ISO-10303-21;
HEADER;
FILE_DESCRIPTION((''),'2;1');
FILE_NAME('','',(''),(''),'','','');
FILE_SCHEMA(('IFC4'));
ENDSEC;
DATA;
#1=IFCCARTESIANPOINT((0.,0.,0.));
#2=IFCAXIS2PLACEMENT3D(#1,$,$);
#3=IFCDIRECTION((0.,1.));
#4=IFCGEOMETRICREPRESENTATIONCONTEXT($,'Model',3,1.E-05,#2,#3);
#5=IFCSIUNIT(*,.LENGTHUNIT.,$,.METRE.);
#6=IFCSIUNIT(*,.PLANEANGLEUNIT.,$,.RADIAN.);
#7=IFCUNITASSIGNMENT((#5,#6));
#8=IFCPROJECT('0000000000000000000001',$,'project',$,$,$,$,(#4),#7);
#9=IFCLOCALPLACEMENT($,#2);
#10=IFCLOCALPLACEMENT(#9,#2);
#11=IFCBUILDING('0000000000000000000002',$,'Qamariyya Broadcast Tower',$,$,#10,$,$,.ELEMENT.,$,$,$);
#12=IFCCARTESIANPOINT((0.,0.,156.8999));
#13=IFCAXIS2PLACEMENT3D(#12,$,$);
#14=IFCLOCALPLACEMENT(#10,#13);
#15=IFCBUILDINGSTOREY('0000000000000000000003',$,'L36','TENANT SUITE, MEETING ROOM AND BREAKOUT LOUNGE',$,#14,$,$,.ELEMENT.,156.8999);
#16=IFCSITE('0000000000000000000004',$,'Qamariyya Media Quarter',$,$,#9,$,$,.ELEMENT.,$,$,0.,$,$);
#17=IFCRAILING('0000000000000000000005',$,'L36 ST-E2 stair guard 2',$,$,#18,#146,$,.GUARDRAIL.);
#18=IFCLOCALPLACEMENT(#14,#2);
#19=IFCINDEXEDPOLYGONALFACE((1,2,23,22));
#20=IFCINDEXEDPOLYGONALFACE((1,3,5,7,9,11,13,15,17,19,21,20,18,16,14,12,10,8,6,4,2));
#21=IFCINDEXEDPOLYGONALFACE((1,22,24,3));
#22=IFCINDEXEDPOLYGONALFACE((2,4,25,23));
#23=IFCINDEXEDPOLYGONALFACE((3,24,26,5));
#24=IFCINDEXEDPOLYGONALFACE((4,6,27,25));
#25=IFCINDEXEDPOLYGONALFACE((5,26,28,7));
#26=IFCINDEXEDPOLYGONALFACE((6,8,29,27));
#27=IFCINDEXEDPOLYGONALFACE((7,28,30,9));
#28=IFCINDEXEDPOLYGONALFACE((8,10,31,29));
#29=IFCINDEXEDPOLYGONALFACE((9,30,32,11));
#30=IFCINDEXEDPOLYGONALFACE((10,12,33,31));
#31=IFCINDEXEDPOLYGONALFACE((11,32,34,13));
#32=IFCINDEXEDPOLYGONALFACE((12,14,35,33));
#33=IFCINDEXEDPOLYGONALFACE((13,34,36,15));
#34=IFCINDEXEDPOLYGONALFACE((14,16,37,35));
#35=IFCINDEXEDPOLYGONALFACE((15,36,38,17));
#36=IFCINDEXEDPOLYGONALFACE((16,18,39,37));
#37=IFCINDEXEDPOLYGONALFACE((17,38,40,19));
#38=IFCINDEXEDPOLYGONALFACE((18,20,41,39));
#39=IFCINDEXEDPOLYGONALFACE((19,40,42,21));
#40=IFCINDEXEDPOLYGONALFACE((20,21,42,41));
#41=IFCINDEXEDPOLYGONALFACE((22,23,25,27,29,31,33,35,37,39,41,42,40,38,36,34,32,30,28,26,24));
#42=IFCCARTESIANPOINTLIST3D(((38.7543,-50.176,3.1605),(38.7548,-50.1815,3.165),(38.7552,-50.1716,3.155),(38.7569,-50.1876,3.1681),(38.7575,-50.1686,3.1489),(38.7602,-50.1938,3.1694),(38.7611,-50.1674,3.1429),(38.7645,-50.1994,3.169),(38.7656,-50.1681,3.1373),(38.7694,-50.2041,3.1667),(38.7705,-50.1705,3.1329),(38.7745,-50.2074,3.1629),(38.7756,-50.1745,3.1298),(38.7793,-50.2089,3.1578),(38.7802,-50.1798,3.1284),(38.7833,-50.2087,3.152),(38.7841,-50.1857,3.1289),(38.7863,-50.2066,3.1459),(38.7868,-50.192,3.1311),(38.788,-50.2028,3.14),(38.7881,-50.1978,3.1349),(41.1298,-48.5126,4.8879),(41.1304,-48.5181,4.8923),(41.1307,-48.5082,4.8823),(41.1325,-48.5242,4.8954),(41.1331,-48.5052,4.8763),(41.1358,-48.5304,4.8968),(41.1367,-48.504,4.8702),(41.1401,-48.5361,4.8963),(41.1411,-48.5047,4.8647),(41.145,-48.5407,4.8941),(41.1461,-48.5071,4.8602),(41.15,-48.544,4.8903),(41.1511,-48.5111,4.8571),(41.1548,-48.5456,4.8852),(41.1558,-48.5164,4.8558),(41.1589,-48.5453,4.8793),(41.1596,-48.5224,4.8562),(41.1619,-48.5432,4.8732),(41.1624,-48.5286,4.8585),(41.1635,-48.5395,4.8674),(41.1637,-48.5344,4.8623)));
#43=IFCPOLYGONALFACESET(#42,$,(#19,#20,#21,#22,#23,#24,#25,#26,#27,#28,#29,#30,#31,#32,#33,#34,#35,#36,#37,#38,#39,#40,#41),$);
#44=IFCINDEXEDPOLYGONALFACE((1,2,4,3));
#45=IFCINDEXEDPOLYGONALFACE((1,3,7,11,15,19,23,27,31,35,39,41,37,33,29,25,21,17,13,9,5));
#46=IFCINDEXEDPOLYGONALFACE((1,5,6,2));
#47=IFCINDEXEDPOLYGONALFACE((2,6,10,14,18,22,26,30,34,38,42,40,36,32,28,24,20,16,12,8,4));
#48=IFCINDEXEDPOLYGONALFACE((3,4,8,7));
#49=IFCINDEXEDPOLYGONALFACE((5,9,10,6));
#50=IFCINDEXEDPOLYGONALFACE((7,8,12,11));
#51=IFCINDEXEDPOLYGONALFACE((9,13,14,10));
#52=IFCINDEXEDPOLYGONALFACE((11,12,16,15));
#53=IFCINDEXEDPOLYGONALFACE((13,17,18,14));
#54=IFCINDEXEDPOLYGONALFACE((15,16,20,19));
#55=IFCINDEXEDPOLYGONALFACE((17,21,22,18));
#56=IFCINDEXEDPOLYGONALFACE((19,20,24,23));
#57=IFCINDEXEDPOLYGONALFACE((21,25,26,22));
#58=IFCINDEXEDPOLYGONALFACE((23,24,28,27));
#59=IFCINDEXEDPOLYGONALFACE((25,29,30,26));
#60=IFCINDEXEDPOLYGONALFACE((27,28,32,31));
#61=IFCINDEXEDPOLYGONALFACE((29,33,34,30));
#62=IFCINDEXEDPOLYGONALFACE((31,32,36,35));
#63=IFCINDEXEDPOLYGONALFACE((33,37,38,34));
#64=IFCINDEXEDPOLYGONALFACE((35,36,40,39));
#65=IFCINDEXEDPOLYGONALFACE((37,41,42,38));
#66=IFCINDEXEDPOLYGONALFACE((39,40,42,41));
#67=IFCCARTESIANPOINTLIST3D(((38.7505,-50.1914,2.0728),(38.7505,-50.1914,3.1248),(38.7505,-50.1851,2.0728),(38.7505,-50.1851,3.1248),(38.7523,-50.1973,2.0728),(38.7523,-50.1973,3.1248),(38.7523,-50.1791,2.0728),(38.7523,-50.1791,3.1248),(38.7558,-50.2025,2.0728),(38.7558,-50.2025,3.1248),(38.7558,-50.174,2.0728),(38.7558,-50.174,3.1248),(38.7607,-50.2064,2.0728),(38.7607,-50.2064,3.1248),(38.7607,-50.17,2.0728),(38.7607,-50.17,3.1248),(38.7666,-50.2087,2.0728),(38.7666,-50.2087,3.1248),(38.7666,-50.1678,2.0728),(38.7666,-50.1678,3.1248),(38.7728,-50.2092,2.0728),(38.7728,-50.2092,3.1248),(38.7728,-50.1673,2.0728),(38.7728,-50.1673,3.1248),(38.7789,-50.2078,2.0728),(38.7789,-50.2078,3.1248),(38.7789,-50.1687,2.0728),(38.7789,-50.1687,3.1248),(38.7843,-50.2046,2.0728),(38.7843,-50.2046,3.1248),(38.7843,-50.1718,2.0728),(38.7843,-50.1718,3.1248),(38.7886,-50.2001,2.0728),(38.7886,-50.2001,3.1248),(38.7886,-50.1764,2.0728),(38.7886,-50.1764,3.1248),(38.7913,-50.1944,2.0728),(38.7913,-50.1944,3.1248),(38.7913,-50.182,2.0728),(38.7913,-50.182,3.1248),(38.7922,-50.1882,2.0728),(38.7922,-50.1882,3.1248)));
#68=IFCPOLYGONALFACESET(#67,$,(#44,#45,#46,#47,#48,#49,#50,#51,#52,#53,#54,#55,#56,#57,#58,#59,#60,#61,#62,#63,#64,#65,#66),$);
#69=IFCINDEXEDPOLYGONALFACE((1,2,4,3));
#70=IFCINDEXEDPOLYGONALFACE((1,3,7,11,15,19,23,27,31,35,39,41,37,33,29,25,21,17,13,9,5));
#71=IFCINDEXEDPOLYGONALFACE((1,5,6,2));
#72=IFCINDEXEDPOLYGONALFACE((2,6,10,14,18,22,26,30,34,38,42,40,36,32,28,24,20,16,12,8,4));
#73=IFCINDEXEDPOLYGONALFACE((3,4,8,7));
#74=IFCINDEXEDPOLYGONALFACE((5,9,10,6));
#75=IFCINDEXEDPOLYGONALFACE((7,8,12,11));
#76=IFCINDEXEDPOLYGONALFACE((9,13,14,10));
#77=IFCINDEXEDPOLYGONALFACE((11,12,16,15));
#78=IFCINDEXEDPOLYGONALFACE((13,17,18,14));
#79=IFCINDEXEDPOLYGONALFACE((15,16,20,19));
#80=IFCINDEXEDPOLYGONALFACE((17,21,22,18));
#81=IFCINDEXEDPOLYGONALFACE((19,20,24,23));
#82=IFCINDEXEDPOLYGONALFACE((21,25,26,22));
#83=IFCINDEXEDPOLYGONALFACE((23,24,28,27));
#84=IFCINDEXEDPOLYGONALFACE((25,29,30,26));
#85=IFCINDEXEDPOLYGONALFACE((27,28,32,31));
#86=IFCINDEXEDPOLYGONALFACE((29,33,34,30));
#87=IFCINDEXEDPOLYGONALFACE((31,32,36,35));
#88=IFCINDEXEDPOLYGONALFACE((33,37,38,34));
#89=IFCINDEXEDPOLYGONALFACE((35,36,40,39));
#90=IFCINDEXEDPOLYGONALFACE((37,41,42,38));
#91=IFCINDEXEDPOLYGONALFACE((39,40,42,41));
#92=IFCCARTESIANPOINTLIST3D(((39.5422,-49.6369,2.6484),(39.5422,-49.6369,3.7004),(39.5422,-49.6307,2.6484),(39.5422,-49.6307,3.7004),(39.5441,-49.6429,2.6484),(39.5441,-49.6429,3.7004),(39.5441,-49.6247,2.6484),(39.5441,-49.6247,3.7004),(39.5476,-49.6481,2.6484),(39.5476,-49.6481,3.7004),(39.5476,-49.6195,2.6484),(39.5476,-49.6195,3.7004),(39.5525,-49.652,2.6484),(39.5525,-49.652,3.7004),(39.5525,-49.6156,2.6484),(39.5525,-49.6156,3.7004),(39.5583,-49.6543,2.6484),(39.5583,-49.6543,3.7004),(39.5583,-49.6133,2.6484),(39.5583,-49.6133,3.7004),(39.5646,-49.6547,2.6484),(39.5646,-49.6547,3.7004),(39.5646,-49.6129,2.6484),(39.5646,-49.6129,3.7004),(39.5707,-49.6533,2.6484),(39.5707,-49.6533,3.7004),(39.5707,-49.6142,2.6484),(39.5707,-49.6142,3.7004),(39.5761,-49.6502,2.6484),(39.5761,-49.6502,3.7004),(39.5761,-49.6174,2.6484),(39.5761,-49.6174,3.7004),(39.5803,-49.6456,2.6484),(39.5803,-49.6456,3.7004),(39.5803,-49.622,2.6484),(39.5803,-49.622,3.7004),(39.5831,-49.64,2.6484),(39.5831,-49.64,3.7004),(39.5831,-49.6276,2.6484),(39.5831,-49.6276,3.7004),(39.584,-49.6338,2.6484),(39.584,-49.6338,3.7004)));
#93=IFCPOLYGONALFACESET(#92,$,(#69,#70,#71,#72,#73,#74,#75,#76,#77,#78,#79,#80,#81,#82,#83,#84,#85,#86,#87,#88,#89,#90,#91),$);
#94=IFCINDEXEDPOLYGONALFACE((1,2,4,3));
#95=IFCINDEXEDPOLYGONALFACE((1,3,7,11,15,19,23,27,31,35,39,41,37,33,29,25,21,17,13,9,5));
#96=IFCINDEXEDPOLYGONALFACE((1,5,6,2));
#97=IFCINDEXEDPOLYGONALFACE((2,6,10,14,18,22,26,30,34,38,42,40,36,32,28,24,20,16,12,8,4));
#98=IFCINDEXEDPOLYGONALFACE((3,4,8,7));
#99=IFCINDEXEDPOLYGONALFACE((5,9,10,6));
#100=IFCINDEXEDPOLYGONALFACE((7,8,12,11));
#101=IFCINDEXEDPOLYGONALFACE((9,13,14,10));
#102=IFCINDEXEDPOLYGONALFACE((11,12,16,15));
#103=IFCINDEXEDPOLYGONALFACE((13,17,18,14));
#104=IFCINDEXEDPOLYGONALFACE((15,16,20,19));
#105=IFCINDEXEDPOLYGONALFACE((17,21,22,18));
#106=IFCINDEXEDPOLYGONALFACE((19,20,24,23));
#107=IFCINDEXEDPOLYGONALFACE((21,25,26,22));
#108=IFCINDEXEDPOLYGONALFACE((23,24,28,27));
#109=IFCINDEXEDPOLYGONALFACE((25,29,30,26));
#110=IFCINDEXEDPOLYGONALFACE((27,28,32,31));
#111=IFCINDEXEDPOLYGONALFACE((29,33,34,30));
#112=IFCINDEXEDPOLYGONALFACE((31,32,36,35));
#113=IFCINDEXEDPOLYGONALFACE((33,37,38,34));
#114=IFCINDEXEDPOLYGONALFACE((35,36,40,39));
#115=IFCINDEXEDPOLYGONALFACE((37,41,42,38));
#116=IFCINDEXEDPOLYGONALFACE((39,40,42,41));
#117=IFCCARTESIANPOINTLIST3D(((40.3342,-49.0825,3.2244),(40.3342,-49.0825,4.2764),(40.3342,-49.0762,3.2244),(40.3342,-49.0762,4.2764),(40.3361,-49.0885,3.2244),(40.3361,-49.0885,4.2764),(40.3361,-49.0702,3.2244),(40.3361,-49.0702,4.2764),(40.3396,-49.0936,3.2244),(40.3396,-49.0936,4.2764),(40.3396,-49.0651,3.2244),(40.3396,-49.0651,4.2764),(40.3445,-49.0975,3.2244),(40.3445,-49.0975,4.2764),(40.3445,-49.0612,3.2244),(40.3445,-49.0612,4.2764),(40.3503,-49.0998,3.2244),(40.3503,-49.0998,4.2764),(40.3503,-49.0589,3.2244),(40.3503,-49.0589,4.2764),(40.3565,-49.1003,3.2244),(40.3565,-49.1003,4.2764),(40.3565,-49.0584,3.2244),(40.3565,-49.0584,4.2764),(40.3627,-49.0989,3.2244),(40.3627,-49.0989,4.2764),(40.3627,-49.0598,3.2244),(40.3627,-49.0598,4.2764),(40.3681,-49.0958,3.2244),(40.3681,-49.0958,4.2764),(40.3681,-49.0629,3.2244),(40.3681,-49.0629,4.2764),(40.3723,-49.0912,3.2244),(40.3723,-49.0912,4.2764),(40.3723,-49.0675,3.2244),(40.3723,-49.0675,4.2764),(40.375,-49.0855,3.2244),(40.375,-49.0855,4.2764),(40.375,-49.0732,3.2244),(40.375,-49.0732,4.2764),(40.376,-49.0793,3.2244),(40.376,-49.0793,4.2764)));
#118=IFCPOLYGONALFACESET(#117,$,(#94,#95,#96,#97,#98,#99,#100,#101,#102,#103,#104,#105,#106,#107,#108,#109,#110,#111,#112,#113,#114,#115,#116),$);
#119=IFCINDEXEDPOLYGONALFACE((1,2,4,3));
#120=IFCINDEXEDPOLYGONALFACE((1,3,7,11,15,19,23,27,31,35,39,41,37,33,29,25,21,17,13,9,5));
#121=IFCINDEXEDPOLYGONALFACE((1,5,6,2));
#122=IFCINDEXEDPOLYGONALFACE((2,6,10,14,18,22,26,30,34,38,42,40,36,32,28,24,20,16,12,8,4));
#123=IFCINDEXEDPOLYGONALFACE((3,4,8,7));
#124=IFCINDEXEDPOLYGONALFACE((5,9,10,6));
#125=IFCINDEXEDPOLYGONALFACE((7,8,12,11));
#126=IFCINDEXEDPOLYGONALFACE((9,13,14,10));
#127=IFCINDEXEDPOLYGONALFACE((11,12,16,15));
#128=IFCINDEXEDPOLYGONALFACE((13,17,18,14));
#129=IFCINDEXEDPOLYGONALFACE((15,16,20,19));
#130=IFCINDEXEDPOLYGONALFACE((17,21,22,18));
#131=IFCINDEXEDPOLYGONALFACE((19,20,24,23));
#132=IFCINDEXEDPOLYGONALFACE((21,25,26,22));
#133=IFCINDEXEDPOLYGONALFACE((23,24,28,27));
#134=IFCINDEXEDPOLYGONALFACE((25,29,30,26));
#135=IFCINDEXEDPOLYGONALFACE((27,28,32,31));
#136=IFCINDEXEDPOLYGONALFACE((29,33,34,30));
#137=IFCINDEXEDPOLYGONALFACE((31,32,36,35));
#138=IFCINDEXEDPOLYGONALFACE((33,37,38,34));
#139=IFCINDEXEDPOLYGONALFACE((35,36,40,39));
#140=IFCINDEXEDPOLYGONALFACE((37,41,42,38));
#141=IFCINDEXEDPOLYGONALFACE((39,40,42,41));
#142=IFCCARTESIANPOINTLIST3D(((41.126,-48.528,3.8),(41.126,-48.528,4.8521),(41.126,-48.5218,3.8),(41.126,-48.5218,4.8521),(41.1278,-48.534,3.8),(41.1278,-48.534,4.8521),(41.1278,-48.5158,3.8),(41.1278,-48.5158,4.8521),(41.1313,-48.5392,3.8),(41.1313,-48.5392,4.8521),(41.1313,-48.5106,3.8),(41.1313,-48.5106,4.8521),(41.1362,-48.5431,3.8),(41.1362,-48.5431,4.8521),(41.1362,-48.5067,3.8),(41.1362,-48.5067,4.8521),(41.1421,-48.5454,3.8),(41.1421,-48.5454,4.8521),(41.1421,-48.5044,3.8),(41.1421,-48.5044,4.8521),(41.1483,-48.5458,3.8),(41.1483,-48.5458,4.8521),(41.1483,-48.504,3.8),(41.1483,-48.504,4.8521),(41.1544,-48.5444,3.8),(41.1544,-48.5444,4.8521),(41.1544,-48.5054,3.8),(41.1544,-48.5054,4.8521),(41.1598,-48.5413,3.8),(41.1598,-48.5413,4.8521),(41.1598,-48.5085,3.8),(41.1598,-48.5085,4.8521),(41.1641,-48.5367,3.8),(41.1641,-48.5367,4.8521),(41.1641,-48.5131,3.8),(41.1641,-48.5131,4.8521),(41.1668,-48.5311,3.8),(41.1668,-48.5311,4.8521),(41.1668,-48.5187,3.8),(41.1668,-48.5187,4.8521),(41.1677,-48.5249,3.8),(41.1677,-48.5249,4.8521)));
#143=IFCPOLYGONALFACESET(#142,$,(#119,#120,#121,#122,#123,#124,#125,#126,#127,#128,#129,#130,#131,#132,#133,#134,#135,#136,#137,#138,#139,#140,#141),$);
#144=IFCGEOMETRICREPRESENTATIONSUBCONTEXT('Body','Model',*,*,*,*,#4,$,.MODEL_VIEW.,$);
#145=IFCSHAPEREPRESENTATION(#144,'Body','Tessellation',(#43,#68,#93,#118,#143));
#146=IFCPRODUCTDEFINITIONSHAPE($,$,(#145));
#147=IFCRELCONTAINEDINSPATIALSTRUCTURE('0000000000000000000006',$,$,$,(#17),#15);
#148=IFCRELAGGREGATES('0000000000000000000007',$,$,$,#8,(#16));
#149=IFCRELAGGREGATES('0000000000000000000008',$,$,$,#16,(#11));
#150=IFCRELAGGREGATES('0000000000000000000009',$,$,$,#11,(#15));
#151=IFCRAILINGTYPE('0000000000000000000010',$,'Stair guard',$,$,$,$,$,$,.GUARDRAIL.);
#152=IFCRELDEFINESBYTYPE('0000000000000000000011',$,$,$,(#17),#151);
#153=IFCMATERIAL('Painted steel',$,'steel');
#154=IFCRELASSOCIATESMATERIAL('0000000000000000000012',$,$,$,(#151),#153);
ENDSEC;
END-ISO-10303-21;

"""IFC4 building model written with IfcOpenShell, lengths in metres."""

from ifc_helpers import new_model, si_unit, direction, frame, origin, origin_2d, place, context, subcontext, project, spatial, circle, extrude, material, type_object, element, save


model = new_model("IFC4")

# Units and contexts
model_context = context("Model", 3, precision=1e-05, world=origin(), true_north=direction((0.0, 1.0)))
body_context = subcontext(model_context, "Body", "Model", "MODEL_VIEW")
ifc_project = project(units=[si_unit("LENGTHUNIT", "METRE"), si_unit("PLANEANGLEUNIT", "RADIAN")], contexts=[model_context])

# Site, building, storey
site_placement = place(None, origin())
site = spatial("IfcSite", under=ifc_project, at=site_placement, Name="Qamariyya Media Quarter", CompositionType="ELEMENT", RefElevation=0.0)
building_placement = place(site_placement, origin())
building = spatial("IfcBuilding", under=site, at=building_placement, Name="Qamariyya Broadcast Tower", CompositionType="ELEMENT")
storey_placement = place(building_placement, frame((0.0, 0.0, 156.8999)))
storey = spatial("IfcBuildingStorey", under=building, at=storey_placement, Name="L36", Description="TENANT SUITE, MEETING ROOM AND BREAKOUT LOUNGE", CompositionType="ELEMENT", Elevation=156.8999)

# Railing
ifc_material_1 = material(Name="Painted steel", Category="steel")
railing_type = type_object("IfcRailingType", Name="Stair guard", PredefinedType="GUARDRAIL", material=ifc_material_1)
railing_placement = place(storey_placement, frame((38.7712, -50.1882, 2.0728)))
element("IfcRailing", 1, at=railing_placement, inside=storey, type_object=railing_type, Name="L36 ST-E2 stair guard 2", PredefinedType="GUARDRAIL", context=body_context, shape_type="SweptSolid", body=[
    extrude(circle(Radius=0.0239, at=origin_2d()), frame((0.0, 0.0, 1.0762), z_axis=(0.70377, 0.492784, 0.511734), x_axis=(-0.573575, 0.819153, 0.0)), (0.0, 0.0, 1.0), 3.3755),
    extrude(circle(Radius=0.021, at=origin_2d()), origin(), (0.0, 0.0, 1.0), 1.052),
    extrude(circle(Radius=0.021, at=origin_2d()), frame((0.7917, 0.5544, 0.5757)), (0.0, 0.0, 1.0), 1.052),
    extrude(circle(Radius=0.021, at=origin_2d()), frame((1.5837, 1.1089, 1.1516)), (0.0, 0.0, 1.0), 1.052),
    extrude(circle(Radius=0.021, at=origin_2d()), frame((2.3755, 1.6633, 1.7273)), (0.0, 0.0, 1.0), 1.052),
])

save(model, "model.ifc")
